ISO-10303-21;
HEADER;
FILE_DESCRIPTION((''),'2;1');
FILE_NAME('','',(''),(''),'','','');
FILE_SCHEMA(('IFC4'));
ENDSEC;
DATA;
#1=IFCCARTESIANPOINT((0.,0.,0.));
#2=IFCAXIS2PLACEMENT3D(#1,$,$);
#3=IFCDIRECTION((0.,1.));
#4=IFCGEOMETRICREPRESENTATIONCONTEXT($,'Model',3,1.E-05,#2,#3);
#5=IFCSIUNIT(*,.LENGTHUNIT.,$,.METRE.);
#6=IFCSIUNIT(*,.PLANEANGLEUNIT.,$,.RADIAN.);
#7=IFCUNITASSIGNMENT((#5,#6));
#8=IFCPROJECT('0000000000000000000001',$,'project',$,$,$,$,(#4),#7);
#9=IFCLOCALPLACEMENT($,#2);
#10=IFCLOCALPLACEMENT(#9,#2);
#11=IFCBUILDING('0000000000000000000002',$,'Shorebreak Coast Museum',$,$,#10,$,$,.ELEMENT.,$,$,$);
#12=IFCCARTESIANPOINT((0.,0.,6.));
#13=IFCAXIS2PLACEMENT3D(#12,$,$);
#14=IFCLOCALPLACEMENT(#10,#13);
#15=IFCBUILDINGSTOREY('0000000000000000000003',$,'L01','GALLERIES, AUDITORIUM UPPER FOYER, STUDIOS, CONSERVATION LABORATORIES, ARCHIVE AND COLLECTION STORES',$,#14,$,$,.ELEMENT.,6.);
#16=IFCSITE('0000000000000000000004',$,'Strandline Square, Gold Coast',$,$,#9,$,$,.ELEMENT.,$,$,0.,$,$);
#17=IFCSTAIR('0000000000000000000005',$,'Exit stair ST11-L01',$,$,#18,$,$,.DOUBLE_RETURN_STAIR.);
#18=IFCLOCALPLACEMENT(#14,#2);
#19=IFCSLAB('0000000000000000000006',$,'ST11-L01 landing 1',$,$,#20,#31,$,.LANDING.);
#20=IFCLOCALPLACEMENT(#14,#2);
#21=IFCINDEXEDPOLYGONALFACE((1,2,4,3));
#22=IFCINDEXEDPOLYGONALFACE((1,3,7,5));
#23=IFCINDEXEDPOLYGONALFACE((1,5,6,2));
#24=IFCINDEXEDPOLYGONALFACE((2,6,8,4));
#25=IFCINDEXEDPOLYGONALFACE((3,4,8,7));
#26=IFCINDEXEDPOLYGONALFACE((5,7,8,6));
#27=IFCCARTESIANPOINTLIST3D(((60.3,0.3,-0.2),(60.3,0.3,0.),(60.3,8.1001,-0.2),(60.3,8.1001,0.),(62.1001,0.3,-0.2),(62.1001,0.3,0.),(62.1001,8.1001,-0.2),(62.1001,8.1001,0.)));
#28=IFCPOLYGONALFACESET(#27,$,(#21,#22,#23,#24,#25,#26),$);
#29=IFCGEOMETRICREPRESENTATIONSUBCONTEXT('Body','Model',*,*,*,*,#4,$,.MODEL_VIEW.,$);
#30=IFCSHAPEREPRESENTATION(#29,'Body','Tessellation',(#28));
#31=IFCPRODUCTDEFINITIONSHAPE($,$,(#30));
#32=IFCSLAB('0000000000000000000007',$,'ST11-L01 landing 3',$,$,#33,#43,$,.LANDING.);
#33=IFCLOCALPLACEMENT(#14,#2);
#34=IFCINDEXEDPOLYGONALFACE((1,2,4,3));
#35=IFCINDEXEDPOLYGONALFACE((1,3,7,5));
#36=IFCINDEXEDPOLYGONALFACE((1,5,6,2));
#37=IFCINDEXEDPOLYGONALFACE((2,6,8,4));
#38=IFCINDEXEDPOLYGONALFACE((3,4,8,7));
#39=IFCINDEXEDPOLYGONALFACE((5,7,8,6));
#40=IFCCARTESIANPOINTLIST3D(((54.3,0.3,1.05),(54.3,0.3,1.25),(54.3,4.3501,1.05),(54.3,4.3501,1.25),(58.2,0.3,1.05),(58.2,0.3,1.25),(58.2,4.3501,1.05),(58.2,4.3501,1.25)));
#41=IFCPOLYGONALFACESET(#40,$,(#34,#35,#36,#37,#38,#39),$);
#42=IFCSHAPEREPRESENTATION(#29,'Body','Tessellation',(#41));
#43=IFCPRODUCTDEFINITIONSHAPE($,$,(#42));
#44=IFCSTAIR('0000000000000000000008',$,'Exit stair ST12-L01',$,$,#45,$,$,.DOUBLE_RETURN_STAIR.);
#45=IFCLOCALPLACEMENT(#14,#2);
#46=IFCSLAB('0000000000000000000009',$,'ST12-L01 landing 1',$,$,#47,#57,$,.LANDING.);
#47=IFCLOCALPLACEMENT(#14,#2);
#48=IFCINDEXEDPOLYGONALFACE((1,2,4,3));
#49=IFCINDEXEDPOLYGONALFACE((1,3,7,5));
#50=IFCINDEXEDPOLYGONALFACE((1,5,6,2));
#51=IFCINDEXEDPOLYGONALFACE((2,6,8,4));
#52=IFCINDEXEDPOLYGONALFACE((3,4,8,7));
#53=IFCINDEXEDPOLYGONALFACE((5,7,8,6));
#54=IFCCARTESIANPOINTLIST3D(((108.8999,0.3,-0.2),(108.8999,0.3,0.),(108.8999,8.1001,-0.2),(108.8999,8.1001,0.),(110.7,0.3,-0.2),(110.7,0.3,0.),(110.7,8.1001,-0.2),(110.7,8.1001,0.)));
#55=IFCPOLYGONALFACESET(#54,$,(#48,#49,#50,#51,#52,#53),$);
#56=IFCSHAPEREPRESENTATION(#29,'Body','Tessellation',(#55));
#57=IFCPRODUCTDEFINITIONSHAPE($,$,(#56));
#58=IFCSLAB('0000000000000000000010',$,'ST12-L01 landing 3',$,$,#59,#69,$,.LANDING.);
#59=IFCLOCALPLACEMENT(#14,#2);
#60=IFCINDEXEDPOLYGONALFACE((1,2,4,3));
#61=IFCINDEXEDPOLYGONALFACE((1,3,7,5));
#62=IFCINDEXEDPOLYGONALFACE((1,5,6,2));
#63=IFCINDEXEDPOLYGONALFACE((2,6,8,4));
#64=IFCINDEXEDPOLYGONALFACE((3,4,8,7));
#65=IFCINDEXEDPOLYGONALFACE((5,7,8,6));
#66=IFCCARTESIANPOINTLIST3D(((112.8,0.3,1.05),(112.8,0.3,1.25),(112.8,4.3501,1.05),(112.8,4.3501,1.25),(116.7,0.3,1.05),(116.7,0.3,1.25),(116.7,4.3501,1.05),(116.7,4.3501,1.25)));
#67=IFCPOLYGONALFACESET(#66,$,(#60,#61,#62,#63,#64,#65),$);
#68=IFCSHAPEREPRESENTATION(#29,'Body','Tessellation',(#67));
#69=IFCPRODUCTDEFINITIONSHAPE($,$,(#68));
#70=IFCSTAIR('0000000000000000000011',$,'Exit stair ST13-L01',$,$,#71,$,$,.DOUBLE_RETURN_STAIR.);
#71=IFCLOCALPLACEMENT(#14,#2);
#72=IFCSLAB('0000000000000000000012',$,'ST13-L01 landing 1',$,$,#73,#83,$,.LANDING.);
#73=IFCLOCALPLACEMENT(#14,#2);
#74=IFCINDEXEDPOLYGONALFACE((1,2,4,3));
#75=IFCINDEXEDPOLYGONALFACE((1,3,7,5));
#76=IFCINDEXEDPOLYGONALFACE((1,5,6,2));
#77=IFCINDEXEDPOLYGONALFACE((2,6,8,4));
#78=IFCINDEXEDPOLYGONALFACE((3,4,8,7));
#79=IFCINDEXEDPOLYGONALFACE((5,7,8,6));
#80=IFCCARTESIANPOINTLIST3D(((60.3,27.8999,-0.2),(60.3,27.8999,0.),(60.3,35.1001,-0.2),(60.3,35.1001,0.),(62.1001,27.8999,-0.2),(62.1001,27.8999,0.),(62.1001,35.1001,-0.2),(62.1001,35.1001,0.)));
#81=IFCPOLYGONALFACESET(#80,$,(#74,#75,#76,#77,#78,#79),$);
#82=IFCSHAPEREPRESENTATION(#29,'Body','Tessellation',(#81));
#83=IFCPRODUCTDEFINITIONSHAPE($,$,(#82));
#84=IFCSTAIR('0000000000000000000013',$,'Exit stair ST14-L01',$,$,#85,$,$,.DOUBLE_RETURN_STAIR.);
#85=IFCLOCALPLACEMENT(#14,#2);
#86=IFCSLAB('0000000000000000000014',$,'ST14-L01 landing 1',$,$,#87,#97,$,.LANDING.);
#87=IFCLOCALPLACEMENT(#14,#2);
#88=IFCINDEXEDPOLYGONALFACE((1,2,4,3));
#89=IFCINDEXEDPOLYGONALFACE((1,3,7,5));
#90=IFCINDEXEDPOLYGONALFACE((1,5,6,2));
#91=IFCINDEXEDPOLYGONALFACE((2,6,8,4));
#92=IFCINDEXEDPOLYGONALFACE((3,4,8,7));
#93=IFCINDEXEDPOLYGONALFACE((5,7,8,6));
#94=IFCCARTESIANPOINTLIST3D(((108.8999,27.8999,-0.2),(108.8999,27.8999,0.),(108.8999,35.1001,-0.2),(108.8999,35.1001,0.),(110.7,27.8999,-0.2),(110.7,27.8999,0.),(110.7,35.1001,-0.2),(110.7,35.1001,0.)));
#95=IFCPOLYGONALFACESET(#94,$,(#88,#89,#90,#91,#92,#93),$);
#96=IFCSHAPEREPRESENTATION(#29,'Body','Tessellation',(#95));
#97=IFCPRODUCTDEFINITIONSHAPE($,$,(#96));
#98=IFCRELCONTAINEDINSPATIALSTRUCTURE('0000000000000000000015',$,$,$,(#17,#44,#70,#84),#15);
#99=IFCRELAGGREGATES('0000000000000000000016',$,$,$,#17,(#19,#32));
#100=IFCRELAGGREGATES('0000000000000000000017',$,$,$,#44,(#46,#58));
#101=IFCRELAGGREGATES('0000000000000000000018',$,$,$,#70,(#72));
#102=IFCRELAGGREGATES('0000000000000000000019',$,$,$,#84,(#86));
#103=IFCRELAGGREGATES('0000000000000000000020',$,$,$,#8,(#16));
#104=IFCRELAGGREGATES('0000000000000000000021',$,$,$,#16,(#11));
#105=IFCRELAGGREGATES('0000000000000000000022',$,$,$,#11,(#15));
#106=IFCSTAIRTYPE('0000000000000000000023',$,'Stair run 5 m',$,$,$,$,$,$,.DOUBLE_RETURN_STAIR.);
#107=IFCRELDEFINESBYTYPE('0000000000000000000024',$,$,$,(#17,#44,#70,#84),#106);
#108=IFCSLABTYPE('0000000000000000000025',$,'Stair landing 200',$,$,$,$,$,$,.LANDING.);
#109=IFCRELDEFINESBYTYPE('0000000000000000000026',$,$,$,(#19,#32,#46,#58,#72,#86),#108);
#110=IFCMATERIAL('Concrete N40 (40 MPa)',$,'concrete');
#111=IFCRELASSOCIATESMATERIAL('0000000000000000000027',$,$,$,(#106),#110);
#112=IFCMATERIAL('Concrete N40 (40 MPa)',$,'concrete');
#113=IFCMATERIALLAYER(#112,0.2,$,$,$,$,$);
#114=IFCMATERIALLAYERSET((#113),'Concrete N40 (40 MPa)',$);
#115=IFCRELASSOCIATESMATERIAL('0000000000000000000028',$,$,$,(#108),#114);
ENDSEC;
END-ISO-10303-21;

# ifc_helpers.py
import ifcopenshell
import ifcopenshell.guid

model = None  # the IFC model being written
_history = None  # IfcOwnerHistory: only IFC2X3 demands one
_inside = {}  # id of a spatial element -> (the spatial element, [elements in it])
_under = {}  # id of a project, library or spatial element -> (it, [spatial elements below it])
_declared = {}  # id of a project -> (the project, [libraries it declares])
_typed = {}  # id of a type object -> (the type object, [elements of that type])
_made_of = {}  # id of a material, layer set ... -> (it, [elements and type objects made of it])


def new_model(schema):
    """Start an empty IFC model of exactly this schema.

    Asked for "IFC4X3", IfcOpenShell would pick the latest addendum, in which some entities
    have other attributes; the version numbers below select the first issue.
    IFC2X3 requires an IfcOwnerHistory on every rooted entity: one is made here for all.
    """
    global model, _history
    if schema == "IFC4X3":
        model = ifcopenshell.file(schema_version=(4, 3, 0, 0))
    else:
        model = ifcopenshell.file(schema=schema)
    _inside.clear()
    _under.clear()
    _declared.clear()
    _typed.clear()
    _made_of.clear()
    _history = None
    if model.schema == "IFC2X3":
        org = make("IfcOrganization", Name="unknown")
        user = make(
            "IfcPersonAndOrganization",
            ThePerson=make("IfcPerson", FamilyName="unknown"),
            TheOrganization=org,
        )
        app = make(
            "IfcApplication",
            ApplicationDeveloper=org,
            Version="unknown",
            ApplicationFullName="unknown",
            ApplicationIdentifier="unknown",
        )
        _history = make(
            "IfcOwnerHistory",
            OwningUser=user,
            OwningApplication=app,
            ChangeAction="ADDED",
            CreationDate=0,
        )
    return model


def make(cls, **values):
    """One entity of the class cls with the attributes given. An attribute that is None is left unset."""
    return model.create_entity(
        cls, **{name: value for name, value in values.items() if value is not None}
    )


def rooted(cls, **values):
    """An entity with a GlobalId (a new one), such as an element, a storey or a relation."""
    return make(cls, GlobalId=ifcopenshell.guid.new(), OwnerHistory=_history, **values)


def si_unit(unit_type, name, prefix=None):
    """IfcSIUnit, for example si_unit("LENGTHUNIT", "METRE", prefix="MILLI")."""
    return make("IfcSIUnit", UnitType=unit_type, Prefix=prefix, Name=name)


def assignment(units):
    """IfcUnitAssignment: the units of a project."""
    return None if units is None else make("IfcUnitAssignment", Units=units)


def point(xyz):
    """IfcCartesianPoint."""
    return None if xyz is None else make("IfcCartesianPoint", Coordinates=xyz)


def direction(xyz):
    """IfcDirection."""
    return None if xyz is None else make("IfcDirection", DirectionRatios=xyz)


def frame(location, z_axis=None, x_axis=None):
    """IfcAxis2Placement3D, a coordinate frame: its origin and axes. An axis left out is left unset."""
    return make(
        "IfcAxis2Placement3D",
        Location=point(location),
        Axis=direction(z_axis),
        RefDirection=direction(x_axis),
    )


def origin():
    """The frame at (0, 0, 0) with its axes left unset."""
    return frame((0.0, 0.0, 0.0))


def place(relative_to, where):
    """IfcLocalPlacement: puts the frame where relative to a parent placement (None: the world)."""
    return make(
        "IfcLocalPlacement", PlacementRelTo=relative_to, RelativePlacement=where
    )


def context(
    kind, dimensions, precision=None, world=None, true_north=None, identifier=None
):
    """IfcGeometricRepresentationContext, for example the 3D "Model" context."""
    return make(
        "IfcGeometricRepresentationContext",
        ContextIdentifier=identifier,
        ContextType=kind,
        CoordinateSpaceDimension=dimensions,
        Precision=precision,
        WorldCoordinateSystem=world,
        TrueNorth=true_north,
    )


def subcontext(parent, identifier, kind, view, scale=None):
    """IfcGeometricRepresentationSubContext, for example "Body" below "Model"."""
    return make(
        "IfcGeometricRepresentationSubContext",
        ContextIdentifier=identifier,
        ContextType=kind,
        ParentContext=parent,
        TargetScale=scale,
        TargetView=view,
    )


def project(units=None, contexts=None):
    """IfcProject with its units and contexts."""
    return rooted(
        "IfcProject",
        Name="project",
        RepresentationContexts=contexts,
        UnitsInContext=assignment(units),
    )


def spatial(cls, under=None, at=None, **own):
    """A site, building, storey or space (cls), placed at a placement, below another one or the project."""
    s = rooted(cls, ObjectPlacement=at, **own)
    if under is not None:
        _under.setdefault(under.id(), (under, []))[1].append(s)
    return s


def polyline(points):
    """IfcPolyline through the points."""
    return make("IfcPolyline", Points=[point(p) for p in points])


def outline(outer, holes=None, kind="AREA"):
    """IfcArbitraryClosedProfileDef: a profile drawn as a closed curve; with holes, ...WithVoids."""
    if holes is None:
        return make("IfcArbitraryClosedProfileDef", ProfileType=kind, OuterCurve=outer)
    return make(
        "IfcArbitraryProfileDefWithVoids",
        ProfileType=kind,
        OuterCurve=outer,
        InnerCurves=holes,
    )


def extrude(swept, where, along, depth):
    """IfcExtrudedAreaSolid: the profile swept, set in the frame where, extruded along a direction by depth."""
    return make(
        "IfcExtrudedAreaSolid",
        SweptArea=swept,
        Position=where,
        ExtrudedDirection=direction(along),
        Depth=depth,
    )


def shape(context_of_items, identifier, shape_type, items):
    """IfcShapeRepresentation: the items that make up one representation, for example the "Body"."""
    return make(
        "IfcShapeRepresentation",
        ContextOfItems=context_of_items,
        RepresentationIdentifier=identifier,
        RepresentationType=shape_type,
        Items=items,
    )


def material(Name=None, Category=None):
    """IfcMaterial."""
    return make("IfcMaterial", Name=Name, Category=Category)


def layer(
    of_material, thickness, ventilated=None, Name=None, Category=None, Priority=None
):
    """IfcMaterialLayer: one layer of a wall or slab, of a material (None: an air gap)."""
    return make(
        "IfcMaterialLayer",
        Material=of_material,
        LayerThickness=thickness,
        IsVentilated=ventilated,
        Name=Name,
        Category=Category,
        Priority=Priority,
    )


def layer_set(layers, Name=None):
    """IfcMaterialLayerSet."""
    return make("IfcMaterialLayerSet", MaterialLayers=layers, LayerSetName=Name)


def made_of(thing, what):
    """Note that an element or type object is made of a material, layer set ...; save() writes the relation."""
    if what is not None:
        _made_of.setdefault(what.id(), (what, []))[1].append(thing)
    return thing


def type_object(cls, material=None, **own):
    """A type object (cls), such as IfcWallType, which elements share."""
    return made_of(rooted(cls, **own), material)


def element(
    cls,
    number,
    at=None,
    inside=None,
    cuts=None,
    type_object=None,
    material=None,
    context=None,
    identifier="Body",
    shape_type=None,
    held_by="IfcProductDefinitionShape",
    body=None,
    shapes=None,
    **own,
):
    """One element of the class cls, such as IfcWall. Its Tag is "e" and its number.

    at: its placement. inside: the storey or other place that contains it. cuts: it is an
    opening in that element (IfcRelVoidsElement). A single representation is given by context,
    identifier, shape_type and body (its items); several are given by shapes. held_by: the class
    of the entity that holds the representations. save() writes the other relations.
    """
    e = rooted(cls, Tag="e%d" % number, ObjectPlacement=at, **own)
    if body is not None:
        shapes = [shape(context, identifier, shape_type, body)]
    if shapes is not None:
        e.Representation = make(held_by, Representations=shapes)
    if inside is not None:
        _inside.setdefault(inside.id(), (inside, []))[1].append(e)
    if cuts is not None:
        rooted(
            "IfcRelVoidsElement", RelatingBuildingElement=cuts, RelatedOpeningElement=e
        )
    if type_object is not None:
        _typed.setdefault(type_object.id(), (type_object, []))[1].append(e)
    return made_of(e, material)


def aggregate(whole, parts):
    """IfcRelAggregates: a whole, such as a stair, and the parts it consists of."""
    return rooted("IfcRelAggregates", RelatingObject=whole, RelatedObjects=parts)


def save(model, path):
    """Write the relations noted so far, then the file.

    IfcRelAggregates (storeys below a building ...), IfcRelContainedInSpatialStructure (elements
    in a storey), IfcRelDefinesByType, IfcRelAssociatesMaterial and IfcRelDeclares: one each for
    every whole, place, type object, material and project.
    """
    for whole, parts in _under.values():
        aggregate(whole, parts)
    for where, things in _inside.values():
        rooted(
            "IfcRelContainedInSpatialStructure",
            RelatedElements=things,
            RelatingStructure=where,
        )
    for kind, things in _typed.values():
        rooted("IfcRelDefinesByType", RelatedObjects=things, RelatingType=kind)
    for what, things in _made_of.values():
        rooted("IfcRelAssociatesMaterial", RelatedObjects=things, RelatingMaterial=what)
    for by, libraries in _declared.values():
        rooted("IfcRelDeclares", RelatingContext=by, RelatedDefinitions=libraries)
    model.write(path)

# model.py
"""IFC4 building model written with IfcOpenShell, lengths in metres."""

from ifc_helpers import new_model, si_unit, direction, frame, origin, place, context, subcontext, project, spatial, polyline, outline, extrude, material, layer, layer_set, type_object, element, aggregate, save


model = new_model("IFC4")

# Units and contexts
model_context = context("Model", 3, precision=1e-05, world=origin(), true_north=direction((0.0, 1.0)))
body_context = subcontext(model_context, "Body", "Model", "MODEL_VIEW")
ifc_project = project(units=[si_unit("LENGTHUNIT", "METRE"), si_unit("PLANEANGLEUNIT", "RADIAN")], contexts=[model_context])

# Site, building, storey
site_placement = place(None, origin())
site = spatial("IfcSite", under=ifc_project, at=site_placement, Name="Strandline Square, Gold Coast", CompositionType="ELEMENT", RefElevation=0.0)
building_placement = place(site_placement, origin())
building = spatial("IfcBuilding", under=site, at=building_placement, Name="Shorebreak Coast Museum", CompositionType="ELEMENT")
storey_placement = place(building_placement, frame((0.0, 0.0, 6.0)))
storey = spatial("IfcBuildingStorey", under=building, at=storey_placement, Name="L01", Description="GALLERIES, AUDITORIUM UPPER FOYER, STUDIOS, CONSERVATION LABORATORIES, ARCHIVE AND COLLECTION STORES", CompositionType="ELEMENT", Elevation=6.0)

# Stairs, slabs
ifc_material_1 = material(Name="Concrete N40 (40 MPa)", Category="concrete")
stair_type = type_object("IfcStairType", Name="Stair run 5 m", PredefinedType="DOUBLE_RETURN_STAIR", material=ifc_material_1)
ifc_material_2 = material(Name="Concrete N40 (40 MPa)", Category="concrete")
ifc_layer_1 = layer(ifc_material_2, 0.2)
ifc_layer_set_1 = layer_set([ifc_layer_1], Name="Concrete N40 (40 MPa)")
slab_type_1 = type_object("IfcSlabType", Name="Stair landing 200", PredefinedType="LANDING", material=ifc_layer_set_1)
stair_1_placement = place(storey_placement, origin())
stair_1 = element("IfcStair", 1, at=stair_1_placement, inside=storey, type_object=stair_type, Name="Exit stair ST11-L01", PredefinedType="DOUBLE_RETURN_STAIR")
slab_1_placement = place(storey_placement, frame((0.0, 0.0, -0.2)))
slab_1 = element("IfcSlab", 2, at=slab_1_placement, type_object=slab_type_1, Name="ST11-L01 landing 1", PredefinedType="LANDING", context=body_context, shape_type="SweptSolid", body=[
    extrude(outline(polyline([(60.3, 0.3), (62.1001, 0.3), (62.1001, 8.1001), (60.3, 8.1001), (60.3, 0.3)])), origin(), (0.0, 0.0, 1.0), 0.2),
])
slab_2_placement = place(storey_placement, frame((0.0, 0.0, 1.05)))
slab_2 = element("IfcSlab", 3, at=slab_2_placement, type_object=slab_type_1, Name="ST11-L01 landing 3", PredefinedType="LANDING", context=body_context, shape_type="SweptSolid", body=[
    extrude(outline(polyline([(54.3, 0.3), (58.2, 0.3), (58.2, 4.3501), (54.3, 4.3501), (54.3, 0.3)])), origin(), (0.0, 0.0, 1.0), 0.2),
])
aggregate(stair_1, [slab_1, slab_2])
stair_2_placement = place(storey_placement, origin())
stair_2 = element("IfcStair", 4, at=stair_2_placement, inside=storey, type_object=stair_type, Name="Exit stair ST12-L01", PredefinedType="DOUBLE_RETURN_STAIR")
slab_3_placement = place(storey_placement, frame((0.0, 0.0, -0.2)))
slab_3 = element("IfcSlab", 5, at=slab_3_placement, type_object=slab_type_1, Name="ST12-L01 landing 1", PredefinedType="LANDING", context=body_context, shape_type="SweptSolid", body=[
    extrude(outline(polyline([(108.8999, 0.3), (110.7, 0.3), (110.7, 8.1001), (108.8999, 8.1001), (108.8999, 0.3)])), origin(), (0.0, 0.0, 1.0), 0.2),
])
slab_4_placement = place(storey_placement, frame((0.0, 0.0, 1.05)))
slab_4 = element("IfcSlab", 6, at=slab_4_placement, type_object=slab_type_1, Name="ST12-L01 landing 3", PredefinedType="LANDING", context=body_context, shape_type="SweptSolid", body=[
    extrude(outline(polyline([(112.8, 0.3), (116.7, 0.3), (116.7, 4.3501), (112.8, 4.3501), (112.8, 0.3)])), origin(), (0.0, 0.0, 1.0), 0.2),
])
aggregate(stair_2, [slab_3, slab_4])

# Stairs, slabs
stair_3_placement = place(storey_placement, origin())
stair_3 = element("IfcStair", 7, at=stair_3_placement, inside=storey, type_object=stair_type, Name="Exit stair ST13-L01", PredefinedType="DOUBLE_RETURN_STAIR")
slab_5_placement = place(storey_placement, frame((0.0, 0.0, -0.2)))
slab_5 = element("IfcSlab", 8, at=slab_5_placement, type_object=slab_type_1, Name="ST13-L01 landing 1", PredefinedType="LANDING", context=body_context, shape_type="SweptSolid", body=[
    extrude(outline(polyline([(60.3, 27.8999), (62.1001, 27.8999), (62.1001, 35.1001), (60.3, 35.1001), (60.3, 27.8999)])), origin(), (0.0, 0.0, 1.0), 0.2),
])
aggregate(stair_3, [slab_5])
stair_4_placement = place(storey_placement, origin())
stair_4 = element("IfcStair", 9, at=stair_4_placement, inside=storey, type_object=stair_type, Name="Exit stair ST14-L01", PredefinedType="DOUBLE_RETURN_STAIR")
slab_6_placement = place(storey_placement, frame((0.0, 0.0, -0.2)))
slab_6 = element("IfcSlab", 10, at=slab_6_placement, type_object=slab_type_1, Name="ST14-L01 landing 1", PredefinedType="LANDING", context=body_context, shape_type="SweptSolid", body=[
    extrude(outline(polyline([(108.8999, 27.8999), (110.7, 27.8999), (110.7, 35.1001), (108.8999, 35.1001), (108.8999, 27.8999)])), origin(), (0.0, 0.0, 1.0), 0.2),
])
aggregate(stair_4, [slab_6])

save(model, "model.ifc")
